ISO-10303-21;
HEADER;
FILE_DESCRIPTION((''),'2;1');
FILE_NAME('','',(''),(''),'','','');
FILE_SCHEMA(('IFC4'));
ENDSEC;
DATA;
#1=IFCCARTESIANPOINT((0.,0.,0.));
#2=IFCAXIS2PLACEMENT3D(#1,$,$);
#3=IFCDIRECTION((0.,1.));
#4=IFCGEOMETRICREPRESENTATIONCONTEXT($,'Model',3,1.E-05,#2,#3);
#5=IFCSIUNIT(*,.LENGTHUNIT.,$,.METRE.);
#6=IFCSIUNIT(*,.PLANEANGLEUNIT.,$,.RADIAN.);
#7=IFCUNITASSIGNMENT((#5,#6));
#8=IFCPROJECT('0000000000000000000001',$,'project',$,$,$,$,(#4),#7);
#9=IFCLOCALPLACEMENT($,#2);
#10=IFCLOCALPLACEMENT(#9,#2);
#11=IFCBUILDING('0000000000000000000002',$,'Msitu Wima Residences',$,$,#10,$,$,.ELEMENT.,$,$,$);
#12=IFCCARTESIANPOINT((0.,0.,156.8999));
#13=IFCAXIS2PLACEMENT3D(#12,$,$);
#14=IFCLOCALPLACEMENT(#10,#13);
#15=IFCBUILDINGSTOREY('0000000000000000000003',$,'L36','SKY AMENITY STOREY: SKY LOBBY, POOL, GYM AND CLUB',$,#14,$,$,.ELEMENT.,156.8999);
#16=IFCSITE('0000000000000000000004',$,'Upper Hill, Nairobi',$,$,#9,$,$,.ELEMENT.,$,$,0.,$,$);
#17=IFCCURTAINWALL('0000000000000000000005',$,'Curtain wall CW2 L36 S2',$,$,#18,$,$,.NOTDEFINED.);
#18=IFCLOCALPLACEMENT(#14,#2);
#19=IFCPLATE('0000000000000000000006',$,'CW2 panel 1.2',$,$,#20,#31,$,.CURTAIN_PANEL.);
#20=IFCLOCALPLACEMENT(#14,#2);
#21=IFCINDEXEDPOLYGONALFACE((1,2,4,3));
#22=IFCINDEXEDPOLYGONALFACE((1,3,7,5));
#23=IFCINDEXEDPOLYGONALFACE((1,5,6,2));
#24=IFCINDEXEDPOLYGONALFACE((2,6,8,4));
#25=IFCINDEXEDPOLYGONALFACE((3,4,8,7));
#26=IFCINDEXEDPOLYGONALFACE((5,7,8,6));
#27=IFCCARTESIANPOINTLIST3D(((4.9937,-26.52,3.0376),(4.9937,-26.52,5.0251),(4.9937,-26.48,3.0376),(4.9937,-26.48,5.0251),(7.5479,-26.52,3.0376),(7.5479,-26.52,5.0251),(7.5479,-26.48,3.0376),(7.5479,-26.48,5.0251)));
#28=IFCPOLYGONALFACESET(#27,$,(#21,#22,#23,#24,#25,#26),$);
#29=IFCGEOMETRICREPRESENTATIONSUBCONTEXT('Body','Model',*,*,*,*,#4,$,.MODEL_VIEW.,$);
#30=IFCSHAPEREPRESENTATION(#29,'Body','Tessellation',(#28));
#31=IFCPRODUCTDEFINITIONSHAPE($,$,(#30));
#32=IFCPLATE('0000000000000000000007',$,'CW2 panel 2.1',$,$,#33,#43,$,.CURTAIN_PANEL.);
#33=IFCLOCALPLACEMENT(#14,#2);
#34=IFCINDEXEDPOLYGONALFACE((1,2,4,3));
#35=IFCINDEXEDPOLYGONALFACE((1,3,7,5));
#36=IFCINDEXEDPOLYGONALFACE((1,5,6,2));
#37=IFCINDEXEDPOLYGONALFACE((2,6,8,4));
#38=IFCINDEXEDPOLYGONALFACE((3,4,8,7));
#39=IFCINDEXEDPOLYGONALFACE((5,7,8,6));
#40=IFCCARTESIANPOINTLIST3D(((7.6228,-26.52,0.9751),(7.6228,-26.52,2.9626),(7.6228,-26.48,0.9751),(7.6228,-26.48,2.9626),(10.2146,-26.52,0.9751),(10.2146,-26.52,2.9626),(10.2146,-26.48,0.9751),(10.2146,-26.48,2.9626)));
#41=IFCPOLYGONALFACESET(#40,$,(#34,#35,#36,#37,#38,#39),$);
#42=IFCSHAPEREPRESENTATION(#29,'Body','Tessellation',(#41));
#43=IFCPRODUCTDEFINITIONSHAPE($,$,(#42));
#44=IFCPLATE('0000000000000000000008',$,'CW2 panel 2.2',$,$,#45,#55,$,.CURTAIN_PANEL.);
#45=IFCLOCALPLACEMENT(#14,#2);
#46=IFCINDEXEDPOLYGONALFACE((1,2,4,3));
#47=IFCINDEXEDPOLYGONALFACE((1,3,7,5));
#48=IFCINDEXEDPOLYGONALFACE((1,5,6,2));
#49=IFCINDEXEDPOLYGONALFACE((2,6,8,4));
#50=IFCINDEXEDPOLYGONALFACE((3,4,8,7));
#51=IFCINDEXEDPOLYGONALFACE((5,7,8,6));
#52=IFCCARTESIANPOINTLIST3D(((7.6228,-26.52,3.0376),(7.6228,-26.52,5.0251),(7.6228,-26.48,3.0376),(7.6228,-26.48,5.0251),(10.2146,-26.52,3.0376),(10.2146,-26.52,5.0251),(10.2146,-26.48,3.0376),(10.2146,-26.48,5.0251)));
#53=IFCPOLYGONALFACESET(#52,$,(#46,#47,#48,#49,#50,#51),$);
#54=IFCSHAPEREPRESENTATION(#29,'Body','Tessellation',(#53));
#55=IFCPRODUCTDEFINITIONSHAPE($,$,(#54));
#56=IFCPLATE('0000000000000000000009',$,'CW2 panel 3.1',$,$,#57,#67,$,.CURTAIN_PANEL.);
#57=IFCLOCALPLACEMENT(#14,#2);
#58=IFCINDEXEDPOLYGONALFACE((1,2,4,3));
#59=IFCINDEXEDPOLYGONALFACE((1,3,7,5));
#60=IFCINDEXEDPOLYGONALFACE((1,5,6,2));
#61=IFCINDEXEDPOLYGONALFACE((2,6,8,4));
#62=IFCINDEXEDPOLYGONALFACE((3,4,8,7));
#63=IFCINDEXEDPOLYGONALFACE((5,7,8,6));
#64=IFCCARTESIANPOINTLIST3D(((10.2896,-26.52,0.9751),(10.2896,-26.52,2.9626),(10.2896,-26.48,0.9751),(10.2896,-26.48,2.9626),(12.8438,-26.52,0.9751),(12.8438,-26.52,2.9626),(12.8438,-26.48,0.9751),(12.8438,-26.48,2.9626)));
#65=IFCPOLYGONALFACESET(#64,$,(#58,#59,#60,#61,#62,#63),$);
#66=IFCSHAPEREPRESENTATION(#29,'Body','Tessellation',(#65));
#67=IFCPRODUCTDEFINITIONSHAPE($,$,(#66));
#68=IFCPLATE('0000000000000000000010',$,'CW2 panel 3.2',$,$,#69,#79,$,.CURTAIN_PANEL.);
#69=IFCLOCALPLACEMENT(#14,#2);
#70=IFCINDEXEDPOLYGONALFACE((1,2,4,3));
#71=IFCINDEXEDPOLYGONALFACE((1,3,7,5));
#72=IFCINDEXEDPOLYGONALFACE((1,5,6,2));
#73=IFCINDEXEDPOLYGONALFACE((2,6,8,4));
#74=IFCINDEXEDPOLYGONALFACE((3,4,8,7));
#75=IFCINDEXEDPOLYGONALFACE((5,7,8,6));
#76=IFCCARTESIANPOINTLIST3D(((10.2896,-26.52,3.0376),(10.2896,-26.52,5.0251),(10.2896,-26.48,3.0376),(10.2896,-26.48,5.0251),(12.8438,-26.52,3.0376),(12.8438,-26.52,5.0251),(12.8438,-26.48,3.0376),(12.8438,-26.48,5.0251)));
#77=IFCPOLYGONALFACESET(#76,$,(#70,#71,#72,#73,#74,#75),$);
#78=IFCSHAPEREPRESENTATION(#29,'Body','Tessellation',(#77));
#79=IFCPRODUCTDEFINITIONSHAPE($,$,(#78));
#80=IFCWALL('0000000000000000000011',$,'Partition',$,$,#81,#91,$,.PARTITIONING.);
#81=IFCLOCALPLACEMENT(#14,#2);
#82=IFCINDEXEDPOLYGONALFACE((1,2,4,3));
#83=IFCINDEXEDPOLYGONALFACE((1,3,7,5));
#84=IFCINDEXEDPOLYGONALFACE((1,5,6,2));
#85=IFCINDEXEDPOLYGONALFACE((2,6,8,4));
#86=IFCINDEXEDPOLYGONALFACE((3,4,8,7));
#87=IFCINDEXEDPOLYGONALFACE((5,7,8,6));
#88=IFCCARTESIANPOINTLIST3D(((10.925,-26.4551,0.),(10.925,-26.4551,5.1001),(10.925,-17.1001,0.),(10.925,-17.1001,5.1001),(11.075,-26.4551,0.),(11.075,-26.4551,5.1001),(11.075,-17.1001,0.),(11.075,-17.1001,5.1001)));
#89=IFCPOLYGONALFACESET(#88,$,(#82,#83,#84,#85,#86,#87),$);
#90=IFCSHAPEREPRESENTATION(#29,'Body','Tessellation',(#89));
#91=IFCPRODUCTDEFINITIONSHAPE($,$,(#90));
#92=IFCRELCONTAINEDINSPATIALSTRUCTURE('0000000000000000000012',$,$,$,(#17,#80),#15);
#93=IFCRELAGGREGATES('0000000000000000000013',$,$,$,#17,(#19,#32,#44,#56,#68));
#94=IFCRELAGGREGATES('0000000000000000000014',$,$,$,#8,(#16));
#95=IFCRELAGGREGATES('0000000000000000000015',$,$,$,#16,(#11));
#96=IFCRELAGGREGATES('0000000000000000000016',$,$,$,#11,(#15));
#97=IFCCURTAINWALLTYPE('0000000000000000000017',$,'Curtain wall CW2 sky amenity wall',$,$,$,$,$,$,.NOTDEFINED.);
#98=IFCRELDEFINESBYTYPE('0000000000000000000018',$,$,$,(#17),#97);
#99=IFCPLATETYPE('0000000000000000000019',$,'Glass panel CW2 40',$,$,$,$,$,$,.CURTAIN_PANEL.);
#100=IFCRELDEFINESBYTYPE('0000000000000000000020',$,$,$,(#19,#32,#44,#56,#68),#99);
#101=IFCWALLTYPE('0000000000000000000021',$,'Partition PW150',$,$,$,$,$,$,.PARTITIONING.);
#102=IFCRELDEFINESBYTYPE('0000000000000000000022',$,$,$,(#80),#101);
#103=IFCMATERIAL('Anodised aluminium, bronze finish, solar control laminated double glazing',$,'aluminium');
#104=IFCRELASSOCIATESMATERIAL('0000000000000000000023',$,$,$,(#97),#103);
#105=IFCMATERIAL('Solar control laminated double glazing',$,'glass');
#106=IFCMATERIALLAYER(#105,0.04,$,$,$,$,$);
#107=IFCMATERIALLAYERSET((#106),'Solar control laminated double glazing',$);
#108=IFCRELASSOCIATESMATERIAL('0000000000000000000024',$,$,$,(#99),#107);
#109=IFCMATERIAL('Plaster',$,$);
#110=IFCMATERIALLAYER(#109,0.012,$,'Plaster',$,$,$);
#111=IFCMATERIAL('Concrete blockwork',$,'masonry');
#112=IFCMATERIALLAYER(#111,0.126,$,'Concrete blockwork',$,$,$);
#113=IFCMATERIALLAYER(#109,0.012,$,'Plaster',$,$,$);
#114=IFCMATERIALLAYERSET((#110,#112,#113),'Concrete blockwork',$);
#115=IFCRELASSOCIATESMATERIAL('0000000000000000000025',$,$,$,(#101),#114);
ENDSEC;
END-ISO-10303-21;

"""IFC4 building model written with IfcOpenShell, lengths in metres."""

from ifc_helpers import new_model, si_unit, direction, frame, frame_2d, origin, origin_2d, place, context, subcontext, project, spatial, rectangle, extrude, material, layer, layer_set, type_object, element, aggregate, save


model = new_model("IFC4")

# Units and contexts
model_context = context("Model", 3, precision=1e-05, world=origin(), true_north=direction((0.0, 1.0)))
body_context = subcontext(model_context, "Body", "Model", "MODEL_VIEW")
ifc_project = project(units=[si_unit("LENGTHUNIT", "METRE"), si_unit("PLANEANGLEUNIT", "RADIAN")], contexts=[model_context])

# Site, building, storey
site_placement = place(None, origin())
site = spatial("IfcSite", under=ifc_project, at=site_placement, Name="Upper Hill, Nairobi", CompositionType="ELEMENT", RefElevation=0.0)
building_placement = place(site_placement, origin())
building = spatial("IfcBuilding", under=site, at=building_placement, Name="Msitu Wima Residences", CompositionType="ELEMENT")
storey_placement = place(building_placement, frame((0.0, 0.0, 156.8999)))
storey = spatial("IfcBuildingStorey", under=building, at=storey_placement, Name="L36", Description="SKY AMENITY STOREY: SKY LOBBY, POOL, GYM AND CLUB", CompositionType="ELEMENT", Elevation=156.8999)

# Curtain wall
ifc_material_1 = material(Name="Anodised aluminium, bronze finish, solar control laminated double glazing", Category="aluminium")
curtain_wall_type = type_object("IfcCurtainWallType", Name="Curtain wall CW2 sky amenity wall", PredefinedType="NOTDEFINED", material=ifc_material_1)
curtain_wall_1_placement = place(storey_placement, origin())
curtain_wall_1 = element("IfcCurtainWall", 1, at=curtain_wall_1_placement, inside=storey, type_object=curtain_wall_type, Name="Curtain wall CW2 L36 S2", PredefinedType="NOTDEFINED")

# Plates
ifc_material_2 = material(Name="Solar control laminated double glazing", Category="glass")
ifc_layer_1 = layer(ifc_material_2, 0.04)
ifc_layer_set_1 = layer_set([ifc_layer_1], Name="Solar control laminated double glazing")
plate_type = type_object("IfcPlateType", Name="Glass panel CW2 40", PredefinedType="CURTAIN_PANEL", material=ifc_layer_set_1)
plate_1_placement = place(storey_placement, frame((6.2708, -26.5, 3.0376), z_axis=(0.0, 0.0, 1.0), x_axis=(1.0, 0.0, 0.0)))
plate_1 = element("IfcPlate", 2, at=plate_1_placement, type_object=plate_type, Name="CW2 panel 1.2", PredefinedType="CURTAIN_PANEL", context=body_context, shape_type="SweptSolid", body=[
    extrude(rectangle(XDim=2.5542, YDim=0.04, at=origin_2d()), origin(), (0.0, 0.0, 1.0), 1.9875),
])
plate_2_placement = place(storey_placement, frame((8.9187, -26.5, 0.9751), z_axis=(0.0, 0.0, 1.0), x_axis=(1.0, 0.0, 0.0)))
plate_2 = element("IfcPlate", 3, at=plate_2_placement, type_object=plate_type, Name="CW2 panel 2.1", PredefinedType="CURTAIN_PANEL", context=body_context, shape_type="SweptSolid", body=[
    extrude(rectangle(XDim=2.5918, YDim=0.04, at=origin_2d()), origin(), (0.0, 0.0, 1.0), 1.9875),
])
plate_3_placement = place(storey_placement, frame((8.9187, -26.5, 3.0376), z_axis=(0.0, 0.0, 1.0), x_axis=(1.0, 0.0, 0.0)))
plate_3 = element("IfcPlate", 4, at=plate_3_placement, type_object=plate_type, Name="CW2 panel 2.2", PredefinedType="CURTAIN_PANEL", context=body_context, shape_type="SweptSolid", body=[
    extrude(rectangle(XDim=2.5918, YDim=0.04, at=origin_2d()), origin(), (0.0, 0.0, 1.0), 1.9875),
])
plate_4_placement = place(storey_placement, frame((11.5667, -26.5, 0.9751), z_axis=(0.0, 0.0, 1.0), x_axis=(1.0, 0.0, 0.0)))
plate_4 = element("IfcPlate", 5, at=plate_4_placement, type_object=plate_type, Name="CW2 panel 3.1", PredefinedType="CURTAIN_PANEL", context=body_context, shape_type="SweptSolid", body=[
    extrude(rectangle(XDim=2.5542, YDim=0.04, at=origin_2d()), origin(), (0.0, 0.0, 1.0), 1.9875),
])
plate_5_placement = place(storey_placement, frame((11.5667, -26.5, 3.0376), z_axis=(0.0, 0.0, 1.0), x_axis=(1.0, 0.0, 0.0)))
plate_5 = element("IfcPlate", 6, at=plate_5_placement, type_object=plate_type, Name="CW2 panel 3.2", PredefinedType="CURTAIN_PANEL", context=body_context, shape_type="SweptSolid", body=[
    extrude(rectangle(XDim=2.5542, YDim=0.04, at=origin_2d()), origin(), (0.0, 0.0, 1.0), 1.9875),
])
aggregate(curtain_wall_1, [plate_1, plate_2, plate_3, plate_4, plate_5])

# Wall
ifc_material_3 = material(Name="Plaster")
ifc_layer_2 = layer(ifc_material_3, 0.012, Name="Plaster")
ifc_material_4 = material(Name="Concrete blockwork", Category="masonry")
ifc_layer_3 = layer(ifc_material_4, 0.126, Name="Concrete blockwork")
ifc_layer_4 = layer(ifc_material_3, 0.012, Name="Plaster")
ifc_layer_set_2 = layer_set([ifc_layer_2, ifc_layer_3, ifc_layer_4], Name="Concrete blockwork")
wall_type = type_object("IfcWallType", Name="Partition PW150", PredefinedType="PARTITIONING", material=ifc_layer_set_2)
wall_placement = place(storey_placement, frame((11.0, -26.4551, 0.0), z_axis=(0.0, 0.0, 1.0), x_axis=(0.0, 1.0, 0.0)))
element("IfcWall", 7, at=wall_placement, inside=storey, type_object=wall_type, Name="Partition", PredefinedType="PARTITIONING", context=body_context, shape_type="SweptSolid", body=[
    extrude(rectangle(XDim=9.355, YDim=0.1499, at=frame_2d((4.6775, 0.0))), origin(), (0.0, 0.0, 1.0), 5.1001),
])

save(model, "model.ifc")
